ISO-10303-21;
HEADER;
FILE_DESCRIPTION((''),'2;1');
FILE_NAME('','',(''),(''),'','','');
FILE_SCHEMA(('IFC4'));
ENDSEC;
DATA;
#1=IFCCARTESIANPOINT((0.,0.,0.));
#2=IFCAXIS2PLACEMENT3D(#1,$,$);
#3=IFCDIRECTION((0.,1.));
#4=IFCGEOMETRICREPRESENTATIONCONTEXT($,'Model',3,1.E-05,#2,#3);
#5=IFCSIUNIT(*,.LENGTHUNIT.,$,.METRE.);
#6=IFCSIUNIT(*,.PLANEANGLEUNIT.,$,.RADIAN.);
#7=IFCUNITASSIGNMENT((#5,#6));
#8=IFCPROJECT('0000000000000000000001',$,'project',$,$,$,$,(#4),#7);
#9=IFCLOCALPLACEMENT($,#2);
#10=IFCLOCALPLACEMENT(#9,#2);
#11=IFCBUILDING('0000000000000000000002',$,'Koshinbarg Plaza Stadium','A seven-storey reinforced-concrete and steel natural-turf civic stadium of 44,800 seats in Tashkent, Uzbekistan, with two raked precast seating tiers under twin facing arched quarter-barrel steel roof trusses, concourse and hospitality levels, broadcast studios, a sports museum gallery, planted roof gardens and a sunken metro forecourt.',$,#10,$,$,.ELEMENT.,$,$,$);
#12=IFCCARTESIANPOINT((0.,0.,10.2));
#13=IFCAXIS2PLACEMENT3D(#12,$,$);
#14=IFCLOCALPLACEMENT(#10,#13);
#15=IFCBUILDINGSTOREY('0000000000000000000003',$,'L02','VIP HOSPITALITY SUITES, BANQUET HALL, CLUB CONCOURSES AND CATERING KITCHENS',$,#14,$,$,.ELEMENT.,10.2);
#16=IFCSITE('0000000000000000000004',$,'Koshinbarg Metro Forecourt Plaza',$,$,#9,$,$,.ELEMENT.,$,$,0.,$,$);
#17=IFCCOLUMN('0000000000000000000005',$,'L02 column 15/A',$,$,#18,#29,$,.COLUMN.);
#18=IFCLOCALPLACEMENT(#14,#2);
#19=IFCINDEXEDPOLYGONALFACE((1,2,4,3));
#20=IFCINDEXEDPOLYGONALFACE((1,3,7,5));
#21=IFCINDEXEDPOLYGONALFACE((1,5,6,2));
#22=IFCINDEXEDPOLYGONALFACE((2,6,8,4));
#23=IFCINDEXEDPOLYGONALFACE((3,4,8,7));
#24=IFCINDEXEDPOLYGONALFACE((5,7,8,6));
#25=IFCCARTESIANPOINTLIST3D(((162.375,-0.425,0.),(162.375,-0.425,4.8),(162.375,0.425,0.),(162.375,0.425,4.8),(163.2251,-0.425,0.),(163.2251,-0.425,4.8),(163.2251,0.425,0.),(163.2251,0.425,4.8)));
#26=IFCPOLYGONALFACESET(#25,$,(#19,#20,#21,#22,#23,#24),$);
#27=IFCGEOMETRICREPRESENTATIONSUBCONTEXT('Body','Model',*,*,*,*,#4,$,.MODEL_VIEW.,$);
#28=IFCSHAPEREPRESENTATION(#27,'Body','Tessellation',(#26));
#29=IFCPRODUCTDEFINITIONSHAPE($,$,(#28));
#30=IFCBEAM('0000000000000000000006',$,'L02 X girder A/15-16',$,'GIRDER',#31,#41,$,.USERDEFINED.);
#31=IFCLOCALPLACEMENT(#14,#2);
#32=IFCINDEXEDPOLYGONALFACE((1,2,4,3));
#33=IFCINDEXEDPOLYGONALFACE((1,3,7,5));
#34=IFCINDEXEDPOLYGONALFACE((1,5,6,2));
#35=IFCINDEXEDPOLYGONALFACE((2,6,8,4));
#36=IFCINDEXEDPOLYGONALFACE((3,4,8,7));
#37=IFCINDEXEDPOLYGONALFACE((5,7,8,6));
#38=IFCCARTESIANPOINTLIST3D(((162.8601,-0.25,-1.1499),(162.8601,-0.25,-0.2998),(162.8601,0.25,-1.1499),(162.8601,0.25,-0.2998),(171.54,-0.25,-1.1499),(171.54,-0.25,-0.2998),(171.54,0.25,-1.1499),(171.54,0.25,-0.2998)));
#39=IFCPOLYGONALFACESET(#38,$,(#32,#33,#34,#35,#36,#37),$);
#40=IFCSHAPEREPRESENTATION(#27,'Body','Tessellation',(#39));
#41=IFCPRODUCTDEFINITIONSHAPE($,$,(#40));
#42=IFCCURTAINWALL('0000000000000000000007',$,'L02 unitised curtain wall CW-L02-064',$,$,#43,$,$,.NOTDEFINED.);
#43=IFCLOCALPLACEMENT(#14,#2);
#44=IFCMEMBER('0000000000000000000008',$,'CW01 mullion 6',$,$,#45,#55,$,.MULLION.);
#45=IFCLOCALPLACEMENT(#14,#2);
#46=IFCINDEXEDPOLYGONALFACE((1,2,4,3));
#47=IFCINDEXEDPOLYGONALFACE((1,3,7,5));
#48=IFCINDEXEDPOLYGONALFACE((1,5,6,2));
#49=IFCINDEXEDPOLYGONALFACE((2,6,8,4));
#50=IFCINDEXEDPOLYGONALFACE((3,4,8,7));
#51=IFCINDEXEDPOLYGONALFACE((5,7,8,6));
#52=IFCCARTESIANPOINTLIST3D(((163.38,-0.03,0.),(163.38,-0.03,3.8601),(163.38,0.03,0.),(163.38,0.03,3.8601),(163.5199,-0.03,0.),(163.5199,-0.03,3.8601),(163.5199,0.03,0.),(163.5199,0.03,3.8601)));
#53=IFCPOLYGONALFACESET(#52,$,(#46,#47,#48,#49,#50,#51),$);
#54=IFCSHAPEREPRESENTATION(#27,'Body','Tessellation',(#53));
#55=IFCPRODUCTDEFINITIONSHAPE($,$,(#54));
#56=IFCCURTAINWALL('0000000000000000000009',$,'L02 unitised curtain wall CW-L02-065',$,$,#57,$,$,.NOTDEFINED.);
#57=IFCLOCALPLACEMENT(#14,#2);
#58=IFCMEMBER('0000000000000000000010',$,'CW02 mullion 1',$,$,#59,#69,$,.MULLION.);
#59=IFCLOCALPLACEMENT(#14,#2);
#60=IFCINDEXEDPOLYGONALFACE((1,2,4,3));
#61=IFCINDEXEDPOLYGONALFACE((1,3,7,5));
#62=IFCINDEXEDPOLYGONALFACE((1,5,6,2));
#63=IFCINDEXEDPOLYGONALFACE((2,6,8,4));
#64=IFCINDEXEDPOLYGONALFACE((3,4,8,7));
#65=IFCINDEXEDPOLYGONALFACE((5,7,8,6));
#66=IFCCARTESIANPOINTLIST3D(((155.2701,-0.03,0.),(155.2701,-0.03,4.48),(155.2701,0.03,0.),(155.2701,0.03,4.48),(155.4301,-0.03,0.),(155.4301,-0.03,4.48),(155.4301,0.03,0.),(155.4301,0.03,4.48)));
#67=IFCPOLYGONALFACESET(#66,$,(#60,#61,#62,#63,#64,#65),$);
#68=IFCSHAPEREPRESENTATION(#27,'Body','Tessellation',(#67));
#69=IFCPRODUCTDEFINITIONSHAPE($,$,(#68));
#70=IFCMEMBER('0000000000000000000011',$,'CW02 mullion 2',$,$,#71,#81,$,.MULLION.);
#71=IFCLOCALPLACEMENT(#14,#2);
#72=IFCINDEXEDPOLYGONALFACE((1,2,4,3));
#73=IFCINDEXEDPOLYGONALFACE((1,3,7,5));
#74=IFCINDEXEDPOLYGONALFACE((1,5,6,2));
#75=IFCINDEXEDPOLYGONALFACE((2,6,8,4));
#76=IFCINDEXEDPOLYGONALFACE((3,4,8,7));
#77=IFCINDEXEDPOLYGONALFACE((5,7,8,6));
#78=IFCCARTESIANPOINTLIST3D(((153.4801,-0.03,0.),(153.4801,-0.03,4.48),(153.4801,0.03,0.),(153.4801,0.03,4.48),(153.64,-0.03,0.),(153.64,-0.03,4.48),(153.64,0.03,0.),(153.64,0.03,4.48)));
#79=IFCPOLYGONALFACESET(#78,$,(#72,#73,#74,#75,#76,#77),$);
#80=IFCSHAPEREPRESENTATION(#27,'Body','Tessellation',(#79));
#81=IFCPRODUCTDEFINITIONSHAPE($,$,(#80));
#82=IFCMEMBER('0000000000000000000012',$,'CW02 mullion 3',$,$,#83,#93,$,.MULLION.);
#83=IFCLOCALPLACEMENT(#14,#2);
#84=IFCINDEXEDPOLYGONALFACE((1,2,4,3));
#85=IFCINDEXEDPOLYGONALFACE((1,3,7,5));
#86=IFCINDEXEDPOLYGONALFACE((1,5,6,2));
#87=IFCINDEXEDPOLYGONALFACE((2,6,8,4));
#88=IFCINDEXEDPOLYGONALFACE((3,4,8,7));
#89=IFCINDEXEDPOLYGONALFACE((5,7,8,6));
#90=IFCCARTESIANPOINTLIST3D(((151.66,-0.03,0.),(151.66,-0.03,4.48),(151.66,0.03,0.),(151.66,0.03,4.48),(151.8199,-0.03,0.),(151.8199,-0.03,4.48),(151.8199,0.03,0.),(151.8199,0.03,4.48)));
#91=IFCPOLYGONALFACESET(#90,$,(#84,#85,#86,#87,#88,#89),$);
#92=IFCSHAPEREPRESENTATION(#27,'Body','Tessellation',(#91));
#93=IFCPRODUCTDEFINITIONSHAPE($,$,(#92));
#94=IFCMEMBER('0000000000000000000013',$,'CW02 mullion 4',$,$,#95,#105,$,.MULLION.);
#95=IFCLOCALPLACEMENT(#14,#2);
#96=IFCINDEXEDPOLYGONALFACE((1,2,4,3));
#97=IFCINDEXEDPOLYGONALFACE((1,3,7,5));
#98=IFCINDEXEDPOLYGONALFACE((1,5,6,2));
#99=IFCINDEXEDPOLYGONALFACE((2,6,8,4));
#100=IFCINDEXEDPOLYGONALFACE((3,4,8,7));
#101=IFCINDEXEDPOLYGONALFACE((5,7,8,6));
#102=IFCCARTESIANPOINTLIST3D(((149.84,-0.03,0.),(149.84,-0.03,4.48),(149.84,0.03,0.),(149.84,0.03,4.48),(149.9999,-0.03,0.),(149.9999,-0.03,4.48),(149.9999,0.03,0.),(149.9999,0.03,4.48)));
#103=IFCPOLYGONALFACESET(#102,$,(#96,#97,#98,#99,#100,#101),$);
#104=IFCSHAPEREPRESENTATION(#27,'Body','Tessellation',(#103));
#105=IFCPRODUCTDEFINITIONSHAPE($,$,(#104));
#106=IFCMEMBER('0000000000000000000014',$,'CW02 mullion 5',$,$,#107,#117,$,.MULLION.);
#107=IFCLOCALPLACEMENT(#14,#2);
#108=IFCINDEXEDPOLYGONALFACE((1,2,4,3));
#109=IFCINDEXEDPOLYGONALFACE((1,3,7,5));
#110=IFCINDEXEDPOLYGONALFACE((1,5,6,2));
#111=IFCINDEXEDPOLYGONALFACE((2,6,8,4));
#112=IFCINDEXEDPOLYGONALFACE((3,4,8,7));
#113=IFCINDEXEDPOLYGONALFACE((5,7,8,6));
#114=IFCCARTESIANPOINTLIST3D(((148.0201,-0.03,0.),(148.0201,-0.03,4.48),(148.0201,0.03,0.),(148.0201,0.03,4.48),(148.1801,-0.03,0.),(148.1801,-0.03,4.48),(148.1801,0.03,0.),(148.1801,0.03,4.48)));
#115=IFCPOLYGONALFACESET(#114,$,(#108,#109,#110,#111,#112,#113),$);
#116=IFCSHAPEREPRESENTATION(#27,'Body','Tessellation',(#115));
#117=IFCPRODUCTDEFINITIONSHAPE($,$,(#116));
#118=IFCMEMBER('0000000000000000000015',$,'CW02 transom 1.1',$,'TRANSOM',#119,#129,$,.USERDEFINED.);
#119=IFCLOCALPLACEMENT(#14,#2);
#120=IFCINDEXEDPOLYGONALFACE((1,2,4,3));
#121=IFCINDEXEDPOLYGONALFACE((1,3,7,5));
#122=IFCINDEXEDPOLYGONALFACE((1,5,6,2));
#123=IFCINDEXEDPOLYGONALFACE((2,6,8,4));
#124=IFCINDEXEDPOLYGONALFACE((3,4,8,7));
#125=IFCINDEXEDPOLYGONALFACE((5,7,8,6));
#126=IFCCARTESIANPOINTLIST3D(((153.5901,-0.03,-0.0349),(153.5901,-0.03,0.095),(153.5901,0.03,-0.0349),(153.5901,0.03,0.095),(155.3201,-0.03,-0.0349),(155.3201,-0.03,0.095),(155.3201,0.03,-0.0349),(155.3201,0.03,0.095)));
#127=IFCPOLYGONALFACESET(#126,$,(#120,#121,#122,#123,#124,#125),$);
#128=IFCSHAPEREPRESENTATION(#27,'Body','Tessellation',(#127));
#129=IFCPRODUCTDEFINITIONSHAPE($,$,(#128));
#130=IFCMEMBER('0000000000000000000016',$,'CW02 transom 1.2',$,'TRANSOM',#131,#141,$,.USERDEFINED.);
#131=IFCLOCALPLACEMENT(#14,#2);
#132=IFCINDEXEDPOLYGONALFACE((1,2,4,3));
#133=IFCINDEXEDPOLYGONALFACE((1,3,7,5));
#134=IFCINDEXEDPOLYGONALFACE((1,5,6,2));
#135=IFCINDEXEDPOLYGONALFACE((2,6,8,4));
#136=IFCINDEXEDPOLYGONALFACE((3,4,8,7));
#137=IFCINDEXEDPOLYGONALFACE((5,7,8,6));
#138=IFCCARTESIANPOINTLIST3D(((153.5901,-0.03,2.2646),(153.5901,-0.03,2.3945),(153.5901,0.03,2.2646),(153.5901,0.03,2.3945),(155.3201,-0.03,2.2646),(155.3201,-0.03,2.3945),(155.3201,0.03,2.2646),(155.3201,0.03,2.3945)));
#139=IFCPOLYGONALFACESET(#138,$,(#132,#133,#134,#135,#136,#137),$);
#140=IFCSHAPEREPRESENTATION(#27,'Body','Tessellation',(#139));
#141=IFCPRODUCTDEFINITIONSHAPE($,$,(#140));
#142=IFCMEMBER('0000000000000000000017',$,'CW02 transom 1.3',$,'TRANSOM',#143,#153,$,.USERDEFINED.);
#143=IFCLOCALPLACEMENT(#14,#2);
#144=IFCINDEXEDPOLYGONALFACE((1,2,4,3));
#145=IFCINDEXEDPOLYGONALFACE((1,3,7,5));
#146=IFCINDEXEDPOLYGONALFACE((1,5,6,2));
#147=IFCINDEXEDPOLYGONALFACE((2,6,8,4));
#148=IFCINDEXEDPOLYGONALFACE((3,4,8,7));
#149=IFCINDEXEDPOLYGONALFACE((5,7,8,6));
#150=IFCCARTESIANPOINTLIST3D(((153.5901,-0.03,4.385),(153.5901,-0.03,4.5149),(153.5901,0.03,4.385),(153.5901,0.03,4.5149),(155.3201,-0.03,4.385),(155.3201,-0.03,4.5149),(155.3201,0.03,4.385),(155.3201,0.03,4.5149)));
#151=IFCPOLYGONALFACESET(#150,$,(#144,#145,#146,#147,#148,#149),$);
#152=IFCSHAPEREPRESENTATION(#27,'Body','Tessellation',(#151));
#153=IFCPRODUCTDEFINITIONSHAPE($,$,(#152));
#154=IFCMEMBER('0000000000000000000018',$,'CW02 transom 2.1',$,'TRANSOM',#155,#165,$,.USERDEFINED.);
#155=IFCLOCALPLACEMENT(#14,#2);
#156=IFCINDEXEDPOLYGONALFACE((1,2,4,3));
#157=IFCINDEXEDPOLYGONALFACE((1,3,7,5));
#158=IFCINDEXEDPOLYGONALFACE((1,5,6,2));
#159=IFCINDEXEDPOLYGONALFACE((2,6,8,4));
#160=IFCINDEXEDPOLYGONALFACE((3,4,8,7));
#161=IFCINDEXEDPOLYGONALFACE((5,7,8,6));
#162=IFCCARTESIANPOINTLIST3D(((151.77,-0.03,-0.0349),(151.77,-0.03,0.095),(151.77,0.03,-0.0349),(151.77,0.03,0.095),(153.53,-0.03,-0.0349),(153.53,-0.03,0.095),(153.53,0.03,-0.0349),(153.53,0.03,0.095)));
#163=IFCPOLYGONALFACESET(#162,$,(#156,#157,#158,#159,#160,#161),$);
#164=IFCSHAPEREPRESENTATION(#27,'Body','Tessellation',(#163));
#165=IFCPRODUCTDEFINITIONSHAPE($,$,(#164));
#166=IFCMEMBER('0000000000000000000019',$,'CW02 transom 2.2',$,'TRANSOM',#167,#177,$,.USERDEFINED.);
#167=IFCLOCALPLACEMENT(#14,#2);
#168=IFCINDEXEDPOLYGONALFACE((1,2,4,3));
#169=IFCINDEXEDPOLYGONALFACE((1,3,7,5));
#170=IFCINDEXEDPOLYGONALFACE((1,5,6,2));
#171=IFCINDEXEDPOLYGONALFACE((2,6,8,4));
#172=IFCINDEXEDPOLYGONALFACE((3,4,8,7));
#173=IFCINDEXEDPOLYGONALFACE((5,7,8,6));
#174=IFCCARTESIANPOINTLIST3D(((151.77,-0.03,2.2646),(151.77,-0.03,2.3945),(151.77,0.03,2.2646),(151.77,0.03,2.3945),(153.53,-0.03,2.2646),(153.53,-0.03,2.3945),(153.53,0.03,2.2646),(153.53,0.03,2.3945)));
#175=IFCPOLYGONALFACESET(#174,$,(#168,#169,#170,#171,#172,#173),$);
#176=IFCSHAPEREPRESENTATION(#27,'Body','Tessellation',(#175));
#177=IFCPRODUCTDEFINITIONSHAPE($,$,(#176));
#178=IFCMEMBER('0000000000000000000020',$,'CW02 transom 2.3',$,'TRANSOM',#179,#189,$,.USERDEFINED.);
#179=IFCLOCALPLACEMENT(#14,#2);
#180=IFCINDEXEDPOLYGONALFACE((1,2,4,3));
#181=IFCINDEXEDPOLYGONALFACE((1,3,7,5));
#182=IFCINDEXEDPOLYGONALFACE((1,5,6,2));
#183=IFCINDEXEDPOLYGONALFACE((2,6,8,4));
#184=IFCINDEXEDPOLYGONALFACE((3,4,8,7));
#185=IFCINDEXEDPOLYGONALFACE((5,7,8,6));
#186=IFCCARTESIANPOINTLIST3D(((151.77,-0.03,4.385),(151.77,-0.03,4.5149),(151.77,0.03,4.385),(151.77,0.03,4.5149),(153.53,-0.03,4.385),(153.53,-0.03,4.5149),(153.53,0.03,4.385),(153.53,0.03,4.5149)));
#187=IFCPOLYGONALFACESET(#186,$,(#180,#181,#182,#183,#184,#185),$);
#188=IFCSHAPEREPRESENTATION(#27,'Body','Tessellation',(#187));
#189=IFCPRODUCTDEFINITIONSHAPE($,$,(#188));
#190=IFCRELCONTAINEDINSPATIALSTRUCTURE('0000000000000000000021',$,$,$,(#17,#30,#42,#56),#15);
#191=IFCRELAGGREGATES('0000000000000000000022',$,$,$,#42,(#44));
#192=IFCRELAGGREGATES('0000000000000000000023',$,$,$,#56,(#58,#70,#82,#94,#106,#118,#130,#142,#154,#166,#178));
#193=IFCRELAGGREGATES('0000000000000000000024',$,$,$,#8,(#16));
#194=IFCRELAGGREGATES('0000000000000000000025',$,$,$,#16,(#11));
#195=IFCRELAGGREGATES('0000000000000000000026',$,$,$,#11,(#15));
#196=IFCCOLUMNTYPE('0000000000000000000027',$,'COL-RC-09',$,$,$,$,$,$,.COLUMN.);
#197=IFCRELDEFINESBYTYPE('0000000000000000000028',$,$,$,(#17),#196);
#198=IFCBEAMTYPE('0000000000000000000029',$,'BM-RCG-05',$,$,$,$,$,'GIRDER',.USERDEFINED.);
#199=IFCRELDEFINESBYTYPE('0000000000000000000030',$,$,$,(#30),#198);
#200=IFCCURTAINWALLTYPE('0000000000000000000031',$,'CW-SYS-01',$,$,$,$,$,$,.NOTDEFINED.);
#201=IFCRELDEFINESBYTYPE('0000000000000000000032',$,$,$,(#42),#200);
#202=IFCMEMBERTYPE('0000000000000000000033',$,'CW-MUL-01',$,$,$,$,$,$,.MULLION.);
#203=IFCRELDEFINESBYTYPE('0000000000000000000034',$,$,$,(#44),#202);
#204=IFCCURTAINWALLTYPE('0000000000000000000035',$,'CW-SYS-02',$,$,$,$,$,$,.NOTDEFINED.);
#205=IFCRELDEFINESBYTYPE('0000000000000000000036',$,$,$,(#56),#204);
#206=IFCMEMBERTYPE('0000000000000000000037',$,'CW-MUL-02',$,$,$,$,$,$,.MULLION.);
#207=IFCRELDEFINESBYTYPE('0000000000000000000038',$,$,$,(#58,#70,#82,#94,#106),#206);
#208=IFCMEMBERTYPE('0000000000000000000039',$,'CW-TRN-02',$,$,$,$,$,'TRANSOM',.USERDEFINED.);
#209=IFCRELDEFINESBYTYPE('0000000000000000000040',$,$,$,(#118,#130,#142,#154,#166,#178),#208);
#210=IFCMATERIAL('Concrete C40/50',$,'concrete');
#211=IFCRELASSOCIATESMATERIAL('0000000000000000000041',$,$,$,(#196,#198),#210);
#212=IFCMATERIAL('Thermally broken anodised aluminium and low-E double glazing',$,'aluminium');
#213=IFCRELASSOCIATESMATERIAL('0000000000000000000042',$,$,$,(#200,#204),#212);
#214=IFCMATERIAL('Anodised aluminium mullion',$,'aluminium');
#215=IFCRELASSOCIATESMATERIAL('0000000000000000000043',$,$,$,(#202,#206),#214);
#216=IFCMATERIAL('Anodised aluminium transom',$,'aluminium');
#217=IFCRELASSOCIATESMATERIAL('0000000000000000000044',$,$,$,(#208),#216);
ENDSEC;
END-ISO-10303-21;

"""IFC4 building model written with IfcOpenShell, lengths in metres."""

from ifc_helpers import new_model, si_unit, direction, frame, origin, origin_2d, place, context, subcontext, project, spatial, rectangle, extrude, material, material_profile, profile_set, type_object, element, aggregate, save


model = new_model("IFC4")

# Units and contexts
model_context = context("Model", 3, precision=1e-05, world=origin(), true_north=direction((0.0, 1.0)))
body_context = subcontext(model_context, "Body", "Model", "MODEL_VIEW")
ifc_project = project(units=[si_unit("LENGTHUNIT", "METRE"), si_unit("PLANEANGLEUNIT", "RADIAN")], contexts=[model_context])

# Site, building, storey
site_placement = place(None, origin())
site = spatial("IfcSite", under=ifc_project, at=site_placement, Name="Koshinbarg Metro Forecourt Plaza", CompositionType="ELEMENT", RefElevation=0.0)
building_placement = place(site_placement, origin())
building = spatial("IfcBuilding", under=site, at=building_placement, Name="Koshinbarg Plaza Stadium", Description="A seven-storey reinforced-concrete and steel natural-turf civic stadium of 44,800 seats in Tashkent, Uzbekistan, with two raked precast seating tiers under twin facing arched quarter-barrel steel roof trusses, concourse and hospitality levels, broadcast studios, a sports museum gallery, planted roof gardens and a sunken metro forecourt.", CompositionType="ELEMENT")
storey_placement = place(building_placement, frame((0.0, 0.0, 10.2)))
storey = spatial("IfcBuildingStorey", under=building, at=storey_placement, Name="L02", Description="VIP HOSPITALITY SUITES, BANQUET HALL, CLUB CONCOURSES AND CATERING KITCHENS", CompositionType="ELEMENT", Elevation=10.2)

# Column
ifc_material_1 = material(Name="Concrete C40/50", Category="concrete")
ifc_material_profile_1 = material_profile(ifc_material_1, rectangle(XDim=0.8501, YDim=0.8501, at=origin_2d()), Name="RC 850x850")
ifc_profile_set_1 = profile_set([ifc_material_profile_1], Name="Concrete C40/50")
column_type = type_object("IfcColumnType", Name="COL-RC-09", PredefinedType="COLUMN", material=ifc_profile_set_1)
column_placement = place(storey_placement, frame((162.8, 0.0, 0.0), z_axis=(0.0, 0.0, 1.0), x_axis=(1.0, 0.0, 0.0)))
element("IfcColumn", 1, at=column_placement, inside=storey, type_object=column_type, Name="L02 column 15/A", PredefinedType="COLUMN", context=body_context, shape_type="SweptSolid", body=[
    extrude(rectangle(XDim=0.8501, YDim=0.8501, at=origin_2d()), origin(), (0.0, 0.0, 1.0), 4.8),
])

# Beam
ifc_material_profile_2 = material_profile(ifc_material_1, rectangle(XDim=0.5, YDim=0.8501, at=origin_2d()), Name="RC 500x850")
ifc_profile_set_2 = profile_set([ifc_material_profile_2], Name="Concrete C40/50")
beam_type = type_object("IfcBeamType", Name="BM-RCG-05", ElementType="GIRDER", PredefinedType="USERDEFINED", material=ifc_profile_set_2)
beam_placement = place(storey_placement, frame((162.8601, 0.0, -0.7249), z_axis=(1.0, 0.0, 0.0), x_axis=(0.0, 1.0, 0.0)))
element("IfcBeam", 2, at=beam_placement, inside=storey, type_object=beam_type, Name="L02 X girder A/15-16", ObjectType="GIRDER", PredefinedType="USERDEFINED", context=body_context, shape_type="SweptSolid", body=[
    extrude(rectangle(XDim=0.5, YDim=0.8501, at=origin_2d()), origin(), (0.0, 0.0, 1.0), 8.6799),
])

# Curtain wall, member
ifc_material_2 = material(Name="Thermally broken anodised aluminium and low-E double glazing", Category="aluminium")
curtain_wall_type_1 = type_object("IfcCurtainWallType", Name="CW-SYS-01", PredefinedType="NOTDEFINED", material=ifc_material_2)
curtain_wall_1_placement = place(storey_placement, origin())
curtain_wall_1 = element("IfcCurtainWall", 3, at=curtain_wall_1_placement, inside=storey, type_object=curtain_wall_type_1, Name="L02 unitised curtain wall CW-L02-064", PredefinedType="NOTDEFINED")
ifc_material_3 = material(Name="Anodised aluminium mullion", Category="aluminium")
ifc_material_profile_3 = material_profile(ifc_material_3, rectangle(XDim=0.0601, YDim=0.1399, at=origin_2d()), Name="ALU 60x140")
ifc_profile_set_3 = profile_set([ifc_material_profile_3], Name="Anodised aluminium mullion")
member_type_1 = type_object("IfcMemberType", Name="CW-MUL-01", PredefinedType="MULLION", material=ifc_profile_set_3)
member_1_placement = place(storey_placement, frame((163.45, 0.0, 0.0), z_axis=(0.0, 0.0, 1.0), x_axis=(0.0, -1.0, 0.0)))
member_1 = element("IfcMember", 4, at=member_1_placement, type_object=member_type_1, Name="CW01 mullion 6", PredefinedType="MULLION", context=body_context, shape_type="SweptSolid", body=[
    extrude(rectangle(XDim=0.0601, YDim=0.1399, at=origin_2d()), origin(), (0.0, 0.0, 1.0), 3.8601),
])

# Curtain wall, members
curtain_wall_type_2 = type_object("IfcCurtainWallType", Name="CW-SYS-02", PredefinedType="NOTDEFINED", material=ifc_material_2)
curtain_wall_2_placement = place(storey_placement, origin())
curtain_wall_2 = element("IfcCurtainWall", 5, at=curtain_wall_2_placement, inside=storey, type_object=curtain_wall_type_2, Name="L02 unitised curtain wall CW-L02-065", PredefinedType="NOTDEFINED")
ifc_material_profile_4 = material_profile(ifc_material_3, rectangle(XDim=0.0601, YDim=0.1599, at=origin_2d()), Name="ALU 60x160")
ifc_profile_set_4 = profile_set([ifc_material_profile_4], Name="Anodised aluminium mullion")
member_type_2 = type_object("IfcMemberType", Name="CW-MUL-02", PredefinedType="MULLION", material=ifc_profile_set_4)
member_2_placement = place(storey_placement, frame((155.3501, 0.0, 0.0), z_axis=(0.0, 0.0, 1.0), x_axis=(0.0, -1.0, 0.0)))
member_2 = element("IfcMember", 6, at=member_2_placement, type_object=member_type_2, Name="CW02 mullion 1", PredefinedType="MULLION", context=body_context, shape_type="SweptSolid", body=[
    extrude(rectangle(XDim=0.0601, YDim=0.1599, at=origin_2d()), origin(), (0.0, 0.0, 1.0), 4.48),
])
member_3_placement = place(storey_placement, frame((153.5601, 0.0, 0.0), z_axis=(0.0, 0.0, 1.0), x_axis=(0.0, -1.0, 0.0)))
member_3 = element("IfcMember", 7, at=member_3_placement, type_object=member_type_2, Name="CW02 mullion 2", PredefinedType="MULLION", context=body_context, shape_type="SweptSolid", body=[
    extrude(rectangle(XDim=0.0601, YDim=0.1599, at=origin_2d()), origin(), (0.0, 0.0, 1.0), 4.48),
])
member_4_placement = place(storey_placement, frame((151.74, 0.0, 0.0), z_axis=(0.0, 0.0, 1.0), x_axis=(0.0, -1.0, 0.0)))
member_4 = element("IfcMember", 8, at=member_4_placement, type_object=member_type_2, Name="CW02 mullion 3", PredefinedType="MULLION", context=body_context, shape_type="SweptSolid", body=[
    extrude(rectangle(XDim=0.0601, YDim=0.1599, at=origin_2d()), origin(), (0.0, 0.0, 1.0), 4.48),
])
member_5_placement = place(storey_placement, frame((149.9199, 0.0, 0.0), z_axis=(0.0, 0.0, 1.0), x_axis=(0.0, -1.0, 0.0)))
member_5 = element("IfcMember", 9, at=member_5_placement, type_object=member_type_2, Name="CW02 mullion 4", PredefinedType="MULLION", context=body_context, shape_type="SweptSolid", body=[
    extrude(rectangle(XDim=0.0601, YDim=0.1599, at=origin_2d()), origin(), (0.0, 0.0, 1.0), 4.48),
])
member_6_placement = place(storey_placement, frame((148.1001, 0.0, 0.0), z_axis=(0.0, 0.0, 1.0), x_axis=(0.0, -1.0, 0.0)))
member_6 = element("IfcMember", 10, at=member_6_placement, type_object=member_type_2, Name="CW02 mullion 5", PredefinedType="MULLION", context=body_context, shape_type="SweptSolid", body=[
    extrude(rectangle(XDim=0.0601, YDim=0.1599, at=origin_2d()), origin(), (0.0, 0.0, 1.0), 4.48),
])
ifc_material_4 = material(Name="Anodised aluminium transom", Category="aluminium")
ifc_material_profile_5 = material_profile(ifc_material_4, rectangle(XDim=0.0601, YDim=0.1299, at=origin_2d()), Name="ALU 60x130")
ifc_profile_set_5 = profile_set([ifc_material_profile_5], Name="Anodised aluminium transom")
member_type_3 = type_object("IfcMemberType", Name="CW-TRN-02", ElementType="TRANSOM", PredefinedType="USERDEFINED", material=ifc_profile_set_5)
member_7_placement = place(storey_placement, frame((155.3201, 0.0, 0.03), z_axis=(-1.0, 0.0, 0.0), x_axis=(0.0, -1.0, 0.0)))
member_7 = element("IfcMember", 11, at=member_7_placement, type_object=member_type_3, Name="CW02 transom 1.1", ObjectType="TRANSOM", PredefinedType="USERDEFINED", context=body_context, shape_type="SweptSolid", body=[
    extrude(rectangle(XDim=0.0601, YDim=0.1299, at=origin_2d()), origin(), (0.0, 0.0, 1.0), 1.73),
])
member_8_placement = place(storey_placement, frame((155.3201, 0.0, 2.3296), z_axis=(-1.0, 0.0, 0.0), x_axis=(0.0, -1.0, 0.0)))
member_8 = element("IfcMember", 12, at=member_8_placement, type_object=member_type_3, Name="CW02 transom 1.2", ObjectType="TRANSOM", PredefinedType="USERDEFINED", context=body_context, shape_type="SweptSolid", body=[
    extrude(rectangle(XDim=0.0601, YDim=0.1299, at=origin_2d()), origin(), (0.0, 0.0, 1.0), 1.73),
])
member_9_placement = place(storey_placement, frame((155.3201, 0.0, 4.45), z_axis=(-1.0, 0.0, 0.0), x_axis=(0.0, -1.0, 0.0)))
member_9 = element("IfcMember", 13, at=member_9_placement, type_object=member_type_3, Name="CW02 transom 1.3", ObjectType="TRANSOM", PredefinedType="USERDEFINED", context=body_context, shape_type="SweptSolid", body=[
    extrude(rectangle(XDim=0.0601, YDim=0.1299, at=origin_2d()), origin(), (0.0, 0.0, 1.0), 1.73),
])
member_10_placement = place(storey_placement, frame((153.53, 0.0, 0.03), z_axis=(-1.0, 0.0, 0.0), x_axis=(0.0, -1.0, 0.0)))
member_10 = element("IfcMember", 14, at=member_10_placement, type_object=member_type_3, Name="CW02 transom 2.1", ObjectType="TRANSOM", PredefinedType="USERDEFINED", context=body_context, shape_type="SweptSolid", body=[
    extrude(rectangle(XDim=0.0601, YDim=0.1299, at=origin_2d()), origin(), (0.0, 0.0, 1.0), 1.76),
])
member_11_placement = place(storey_placement, frame((153.53, 0.0, 2.3296), z_axis=(-1.0, 0.0, 0.0), x_axis=(0.0, -1.0, 0.0)))
member_11 = element("IfcMember", 15, at=member_11_placement, type_object=member_type_3, Name="CW02 transom 2.2", ObjectType="TRANSOM", PredefinedType="USERDEFINED", context=body_context, shape_type="SweptSolid", body=[
    extrude(rectangle(XDim=0.0601, YDim=0.1299, at=origin_2d()), origin(), (0.0, 0.0, 1.0), 1.76),
])
member_12_placement = place(storey_placement, frame((153.53, 0.0, 4.45), z_axis=(-1.0, 0.0, 0.0), x_axis=(0.0, -1.0, 0.0)))
member_12 = element("IfcMember", 16, at=member_12_placement, type_object=member_type_3, Name="CW02 transom 2.3", ObjectType="TRANSOM", PredefinedType="USERDEFINED", context=body_context, shape_type="SweptSolid", body=[
    extrude(rectangle(XDim=0.0601, YDim=0.1299, at=origin_2d()), origin(), (0.0, 0.0, 1.0), 1.76),
])

aggregate(curtain_wall_1, [member_1])
aggregate(curtain_wall_2, [member_2, member_3, member_4, member_5, member_6, member_7, member_8, member_9, member_10, member_11, member_12])

save(model, "model.ifc")
